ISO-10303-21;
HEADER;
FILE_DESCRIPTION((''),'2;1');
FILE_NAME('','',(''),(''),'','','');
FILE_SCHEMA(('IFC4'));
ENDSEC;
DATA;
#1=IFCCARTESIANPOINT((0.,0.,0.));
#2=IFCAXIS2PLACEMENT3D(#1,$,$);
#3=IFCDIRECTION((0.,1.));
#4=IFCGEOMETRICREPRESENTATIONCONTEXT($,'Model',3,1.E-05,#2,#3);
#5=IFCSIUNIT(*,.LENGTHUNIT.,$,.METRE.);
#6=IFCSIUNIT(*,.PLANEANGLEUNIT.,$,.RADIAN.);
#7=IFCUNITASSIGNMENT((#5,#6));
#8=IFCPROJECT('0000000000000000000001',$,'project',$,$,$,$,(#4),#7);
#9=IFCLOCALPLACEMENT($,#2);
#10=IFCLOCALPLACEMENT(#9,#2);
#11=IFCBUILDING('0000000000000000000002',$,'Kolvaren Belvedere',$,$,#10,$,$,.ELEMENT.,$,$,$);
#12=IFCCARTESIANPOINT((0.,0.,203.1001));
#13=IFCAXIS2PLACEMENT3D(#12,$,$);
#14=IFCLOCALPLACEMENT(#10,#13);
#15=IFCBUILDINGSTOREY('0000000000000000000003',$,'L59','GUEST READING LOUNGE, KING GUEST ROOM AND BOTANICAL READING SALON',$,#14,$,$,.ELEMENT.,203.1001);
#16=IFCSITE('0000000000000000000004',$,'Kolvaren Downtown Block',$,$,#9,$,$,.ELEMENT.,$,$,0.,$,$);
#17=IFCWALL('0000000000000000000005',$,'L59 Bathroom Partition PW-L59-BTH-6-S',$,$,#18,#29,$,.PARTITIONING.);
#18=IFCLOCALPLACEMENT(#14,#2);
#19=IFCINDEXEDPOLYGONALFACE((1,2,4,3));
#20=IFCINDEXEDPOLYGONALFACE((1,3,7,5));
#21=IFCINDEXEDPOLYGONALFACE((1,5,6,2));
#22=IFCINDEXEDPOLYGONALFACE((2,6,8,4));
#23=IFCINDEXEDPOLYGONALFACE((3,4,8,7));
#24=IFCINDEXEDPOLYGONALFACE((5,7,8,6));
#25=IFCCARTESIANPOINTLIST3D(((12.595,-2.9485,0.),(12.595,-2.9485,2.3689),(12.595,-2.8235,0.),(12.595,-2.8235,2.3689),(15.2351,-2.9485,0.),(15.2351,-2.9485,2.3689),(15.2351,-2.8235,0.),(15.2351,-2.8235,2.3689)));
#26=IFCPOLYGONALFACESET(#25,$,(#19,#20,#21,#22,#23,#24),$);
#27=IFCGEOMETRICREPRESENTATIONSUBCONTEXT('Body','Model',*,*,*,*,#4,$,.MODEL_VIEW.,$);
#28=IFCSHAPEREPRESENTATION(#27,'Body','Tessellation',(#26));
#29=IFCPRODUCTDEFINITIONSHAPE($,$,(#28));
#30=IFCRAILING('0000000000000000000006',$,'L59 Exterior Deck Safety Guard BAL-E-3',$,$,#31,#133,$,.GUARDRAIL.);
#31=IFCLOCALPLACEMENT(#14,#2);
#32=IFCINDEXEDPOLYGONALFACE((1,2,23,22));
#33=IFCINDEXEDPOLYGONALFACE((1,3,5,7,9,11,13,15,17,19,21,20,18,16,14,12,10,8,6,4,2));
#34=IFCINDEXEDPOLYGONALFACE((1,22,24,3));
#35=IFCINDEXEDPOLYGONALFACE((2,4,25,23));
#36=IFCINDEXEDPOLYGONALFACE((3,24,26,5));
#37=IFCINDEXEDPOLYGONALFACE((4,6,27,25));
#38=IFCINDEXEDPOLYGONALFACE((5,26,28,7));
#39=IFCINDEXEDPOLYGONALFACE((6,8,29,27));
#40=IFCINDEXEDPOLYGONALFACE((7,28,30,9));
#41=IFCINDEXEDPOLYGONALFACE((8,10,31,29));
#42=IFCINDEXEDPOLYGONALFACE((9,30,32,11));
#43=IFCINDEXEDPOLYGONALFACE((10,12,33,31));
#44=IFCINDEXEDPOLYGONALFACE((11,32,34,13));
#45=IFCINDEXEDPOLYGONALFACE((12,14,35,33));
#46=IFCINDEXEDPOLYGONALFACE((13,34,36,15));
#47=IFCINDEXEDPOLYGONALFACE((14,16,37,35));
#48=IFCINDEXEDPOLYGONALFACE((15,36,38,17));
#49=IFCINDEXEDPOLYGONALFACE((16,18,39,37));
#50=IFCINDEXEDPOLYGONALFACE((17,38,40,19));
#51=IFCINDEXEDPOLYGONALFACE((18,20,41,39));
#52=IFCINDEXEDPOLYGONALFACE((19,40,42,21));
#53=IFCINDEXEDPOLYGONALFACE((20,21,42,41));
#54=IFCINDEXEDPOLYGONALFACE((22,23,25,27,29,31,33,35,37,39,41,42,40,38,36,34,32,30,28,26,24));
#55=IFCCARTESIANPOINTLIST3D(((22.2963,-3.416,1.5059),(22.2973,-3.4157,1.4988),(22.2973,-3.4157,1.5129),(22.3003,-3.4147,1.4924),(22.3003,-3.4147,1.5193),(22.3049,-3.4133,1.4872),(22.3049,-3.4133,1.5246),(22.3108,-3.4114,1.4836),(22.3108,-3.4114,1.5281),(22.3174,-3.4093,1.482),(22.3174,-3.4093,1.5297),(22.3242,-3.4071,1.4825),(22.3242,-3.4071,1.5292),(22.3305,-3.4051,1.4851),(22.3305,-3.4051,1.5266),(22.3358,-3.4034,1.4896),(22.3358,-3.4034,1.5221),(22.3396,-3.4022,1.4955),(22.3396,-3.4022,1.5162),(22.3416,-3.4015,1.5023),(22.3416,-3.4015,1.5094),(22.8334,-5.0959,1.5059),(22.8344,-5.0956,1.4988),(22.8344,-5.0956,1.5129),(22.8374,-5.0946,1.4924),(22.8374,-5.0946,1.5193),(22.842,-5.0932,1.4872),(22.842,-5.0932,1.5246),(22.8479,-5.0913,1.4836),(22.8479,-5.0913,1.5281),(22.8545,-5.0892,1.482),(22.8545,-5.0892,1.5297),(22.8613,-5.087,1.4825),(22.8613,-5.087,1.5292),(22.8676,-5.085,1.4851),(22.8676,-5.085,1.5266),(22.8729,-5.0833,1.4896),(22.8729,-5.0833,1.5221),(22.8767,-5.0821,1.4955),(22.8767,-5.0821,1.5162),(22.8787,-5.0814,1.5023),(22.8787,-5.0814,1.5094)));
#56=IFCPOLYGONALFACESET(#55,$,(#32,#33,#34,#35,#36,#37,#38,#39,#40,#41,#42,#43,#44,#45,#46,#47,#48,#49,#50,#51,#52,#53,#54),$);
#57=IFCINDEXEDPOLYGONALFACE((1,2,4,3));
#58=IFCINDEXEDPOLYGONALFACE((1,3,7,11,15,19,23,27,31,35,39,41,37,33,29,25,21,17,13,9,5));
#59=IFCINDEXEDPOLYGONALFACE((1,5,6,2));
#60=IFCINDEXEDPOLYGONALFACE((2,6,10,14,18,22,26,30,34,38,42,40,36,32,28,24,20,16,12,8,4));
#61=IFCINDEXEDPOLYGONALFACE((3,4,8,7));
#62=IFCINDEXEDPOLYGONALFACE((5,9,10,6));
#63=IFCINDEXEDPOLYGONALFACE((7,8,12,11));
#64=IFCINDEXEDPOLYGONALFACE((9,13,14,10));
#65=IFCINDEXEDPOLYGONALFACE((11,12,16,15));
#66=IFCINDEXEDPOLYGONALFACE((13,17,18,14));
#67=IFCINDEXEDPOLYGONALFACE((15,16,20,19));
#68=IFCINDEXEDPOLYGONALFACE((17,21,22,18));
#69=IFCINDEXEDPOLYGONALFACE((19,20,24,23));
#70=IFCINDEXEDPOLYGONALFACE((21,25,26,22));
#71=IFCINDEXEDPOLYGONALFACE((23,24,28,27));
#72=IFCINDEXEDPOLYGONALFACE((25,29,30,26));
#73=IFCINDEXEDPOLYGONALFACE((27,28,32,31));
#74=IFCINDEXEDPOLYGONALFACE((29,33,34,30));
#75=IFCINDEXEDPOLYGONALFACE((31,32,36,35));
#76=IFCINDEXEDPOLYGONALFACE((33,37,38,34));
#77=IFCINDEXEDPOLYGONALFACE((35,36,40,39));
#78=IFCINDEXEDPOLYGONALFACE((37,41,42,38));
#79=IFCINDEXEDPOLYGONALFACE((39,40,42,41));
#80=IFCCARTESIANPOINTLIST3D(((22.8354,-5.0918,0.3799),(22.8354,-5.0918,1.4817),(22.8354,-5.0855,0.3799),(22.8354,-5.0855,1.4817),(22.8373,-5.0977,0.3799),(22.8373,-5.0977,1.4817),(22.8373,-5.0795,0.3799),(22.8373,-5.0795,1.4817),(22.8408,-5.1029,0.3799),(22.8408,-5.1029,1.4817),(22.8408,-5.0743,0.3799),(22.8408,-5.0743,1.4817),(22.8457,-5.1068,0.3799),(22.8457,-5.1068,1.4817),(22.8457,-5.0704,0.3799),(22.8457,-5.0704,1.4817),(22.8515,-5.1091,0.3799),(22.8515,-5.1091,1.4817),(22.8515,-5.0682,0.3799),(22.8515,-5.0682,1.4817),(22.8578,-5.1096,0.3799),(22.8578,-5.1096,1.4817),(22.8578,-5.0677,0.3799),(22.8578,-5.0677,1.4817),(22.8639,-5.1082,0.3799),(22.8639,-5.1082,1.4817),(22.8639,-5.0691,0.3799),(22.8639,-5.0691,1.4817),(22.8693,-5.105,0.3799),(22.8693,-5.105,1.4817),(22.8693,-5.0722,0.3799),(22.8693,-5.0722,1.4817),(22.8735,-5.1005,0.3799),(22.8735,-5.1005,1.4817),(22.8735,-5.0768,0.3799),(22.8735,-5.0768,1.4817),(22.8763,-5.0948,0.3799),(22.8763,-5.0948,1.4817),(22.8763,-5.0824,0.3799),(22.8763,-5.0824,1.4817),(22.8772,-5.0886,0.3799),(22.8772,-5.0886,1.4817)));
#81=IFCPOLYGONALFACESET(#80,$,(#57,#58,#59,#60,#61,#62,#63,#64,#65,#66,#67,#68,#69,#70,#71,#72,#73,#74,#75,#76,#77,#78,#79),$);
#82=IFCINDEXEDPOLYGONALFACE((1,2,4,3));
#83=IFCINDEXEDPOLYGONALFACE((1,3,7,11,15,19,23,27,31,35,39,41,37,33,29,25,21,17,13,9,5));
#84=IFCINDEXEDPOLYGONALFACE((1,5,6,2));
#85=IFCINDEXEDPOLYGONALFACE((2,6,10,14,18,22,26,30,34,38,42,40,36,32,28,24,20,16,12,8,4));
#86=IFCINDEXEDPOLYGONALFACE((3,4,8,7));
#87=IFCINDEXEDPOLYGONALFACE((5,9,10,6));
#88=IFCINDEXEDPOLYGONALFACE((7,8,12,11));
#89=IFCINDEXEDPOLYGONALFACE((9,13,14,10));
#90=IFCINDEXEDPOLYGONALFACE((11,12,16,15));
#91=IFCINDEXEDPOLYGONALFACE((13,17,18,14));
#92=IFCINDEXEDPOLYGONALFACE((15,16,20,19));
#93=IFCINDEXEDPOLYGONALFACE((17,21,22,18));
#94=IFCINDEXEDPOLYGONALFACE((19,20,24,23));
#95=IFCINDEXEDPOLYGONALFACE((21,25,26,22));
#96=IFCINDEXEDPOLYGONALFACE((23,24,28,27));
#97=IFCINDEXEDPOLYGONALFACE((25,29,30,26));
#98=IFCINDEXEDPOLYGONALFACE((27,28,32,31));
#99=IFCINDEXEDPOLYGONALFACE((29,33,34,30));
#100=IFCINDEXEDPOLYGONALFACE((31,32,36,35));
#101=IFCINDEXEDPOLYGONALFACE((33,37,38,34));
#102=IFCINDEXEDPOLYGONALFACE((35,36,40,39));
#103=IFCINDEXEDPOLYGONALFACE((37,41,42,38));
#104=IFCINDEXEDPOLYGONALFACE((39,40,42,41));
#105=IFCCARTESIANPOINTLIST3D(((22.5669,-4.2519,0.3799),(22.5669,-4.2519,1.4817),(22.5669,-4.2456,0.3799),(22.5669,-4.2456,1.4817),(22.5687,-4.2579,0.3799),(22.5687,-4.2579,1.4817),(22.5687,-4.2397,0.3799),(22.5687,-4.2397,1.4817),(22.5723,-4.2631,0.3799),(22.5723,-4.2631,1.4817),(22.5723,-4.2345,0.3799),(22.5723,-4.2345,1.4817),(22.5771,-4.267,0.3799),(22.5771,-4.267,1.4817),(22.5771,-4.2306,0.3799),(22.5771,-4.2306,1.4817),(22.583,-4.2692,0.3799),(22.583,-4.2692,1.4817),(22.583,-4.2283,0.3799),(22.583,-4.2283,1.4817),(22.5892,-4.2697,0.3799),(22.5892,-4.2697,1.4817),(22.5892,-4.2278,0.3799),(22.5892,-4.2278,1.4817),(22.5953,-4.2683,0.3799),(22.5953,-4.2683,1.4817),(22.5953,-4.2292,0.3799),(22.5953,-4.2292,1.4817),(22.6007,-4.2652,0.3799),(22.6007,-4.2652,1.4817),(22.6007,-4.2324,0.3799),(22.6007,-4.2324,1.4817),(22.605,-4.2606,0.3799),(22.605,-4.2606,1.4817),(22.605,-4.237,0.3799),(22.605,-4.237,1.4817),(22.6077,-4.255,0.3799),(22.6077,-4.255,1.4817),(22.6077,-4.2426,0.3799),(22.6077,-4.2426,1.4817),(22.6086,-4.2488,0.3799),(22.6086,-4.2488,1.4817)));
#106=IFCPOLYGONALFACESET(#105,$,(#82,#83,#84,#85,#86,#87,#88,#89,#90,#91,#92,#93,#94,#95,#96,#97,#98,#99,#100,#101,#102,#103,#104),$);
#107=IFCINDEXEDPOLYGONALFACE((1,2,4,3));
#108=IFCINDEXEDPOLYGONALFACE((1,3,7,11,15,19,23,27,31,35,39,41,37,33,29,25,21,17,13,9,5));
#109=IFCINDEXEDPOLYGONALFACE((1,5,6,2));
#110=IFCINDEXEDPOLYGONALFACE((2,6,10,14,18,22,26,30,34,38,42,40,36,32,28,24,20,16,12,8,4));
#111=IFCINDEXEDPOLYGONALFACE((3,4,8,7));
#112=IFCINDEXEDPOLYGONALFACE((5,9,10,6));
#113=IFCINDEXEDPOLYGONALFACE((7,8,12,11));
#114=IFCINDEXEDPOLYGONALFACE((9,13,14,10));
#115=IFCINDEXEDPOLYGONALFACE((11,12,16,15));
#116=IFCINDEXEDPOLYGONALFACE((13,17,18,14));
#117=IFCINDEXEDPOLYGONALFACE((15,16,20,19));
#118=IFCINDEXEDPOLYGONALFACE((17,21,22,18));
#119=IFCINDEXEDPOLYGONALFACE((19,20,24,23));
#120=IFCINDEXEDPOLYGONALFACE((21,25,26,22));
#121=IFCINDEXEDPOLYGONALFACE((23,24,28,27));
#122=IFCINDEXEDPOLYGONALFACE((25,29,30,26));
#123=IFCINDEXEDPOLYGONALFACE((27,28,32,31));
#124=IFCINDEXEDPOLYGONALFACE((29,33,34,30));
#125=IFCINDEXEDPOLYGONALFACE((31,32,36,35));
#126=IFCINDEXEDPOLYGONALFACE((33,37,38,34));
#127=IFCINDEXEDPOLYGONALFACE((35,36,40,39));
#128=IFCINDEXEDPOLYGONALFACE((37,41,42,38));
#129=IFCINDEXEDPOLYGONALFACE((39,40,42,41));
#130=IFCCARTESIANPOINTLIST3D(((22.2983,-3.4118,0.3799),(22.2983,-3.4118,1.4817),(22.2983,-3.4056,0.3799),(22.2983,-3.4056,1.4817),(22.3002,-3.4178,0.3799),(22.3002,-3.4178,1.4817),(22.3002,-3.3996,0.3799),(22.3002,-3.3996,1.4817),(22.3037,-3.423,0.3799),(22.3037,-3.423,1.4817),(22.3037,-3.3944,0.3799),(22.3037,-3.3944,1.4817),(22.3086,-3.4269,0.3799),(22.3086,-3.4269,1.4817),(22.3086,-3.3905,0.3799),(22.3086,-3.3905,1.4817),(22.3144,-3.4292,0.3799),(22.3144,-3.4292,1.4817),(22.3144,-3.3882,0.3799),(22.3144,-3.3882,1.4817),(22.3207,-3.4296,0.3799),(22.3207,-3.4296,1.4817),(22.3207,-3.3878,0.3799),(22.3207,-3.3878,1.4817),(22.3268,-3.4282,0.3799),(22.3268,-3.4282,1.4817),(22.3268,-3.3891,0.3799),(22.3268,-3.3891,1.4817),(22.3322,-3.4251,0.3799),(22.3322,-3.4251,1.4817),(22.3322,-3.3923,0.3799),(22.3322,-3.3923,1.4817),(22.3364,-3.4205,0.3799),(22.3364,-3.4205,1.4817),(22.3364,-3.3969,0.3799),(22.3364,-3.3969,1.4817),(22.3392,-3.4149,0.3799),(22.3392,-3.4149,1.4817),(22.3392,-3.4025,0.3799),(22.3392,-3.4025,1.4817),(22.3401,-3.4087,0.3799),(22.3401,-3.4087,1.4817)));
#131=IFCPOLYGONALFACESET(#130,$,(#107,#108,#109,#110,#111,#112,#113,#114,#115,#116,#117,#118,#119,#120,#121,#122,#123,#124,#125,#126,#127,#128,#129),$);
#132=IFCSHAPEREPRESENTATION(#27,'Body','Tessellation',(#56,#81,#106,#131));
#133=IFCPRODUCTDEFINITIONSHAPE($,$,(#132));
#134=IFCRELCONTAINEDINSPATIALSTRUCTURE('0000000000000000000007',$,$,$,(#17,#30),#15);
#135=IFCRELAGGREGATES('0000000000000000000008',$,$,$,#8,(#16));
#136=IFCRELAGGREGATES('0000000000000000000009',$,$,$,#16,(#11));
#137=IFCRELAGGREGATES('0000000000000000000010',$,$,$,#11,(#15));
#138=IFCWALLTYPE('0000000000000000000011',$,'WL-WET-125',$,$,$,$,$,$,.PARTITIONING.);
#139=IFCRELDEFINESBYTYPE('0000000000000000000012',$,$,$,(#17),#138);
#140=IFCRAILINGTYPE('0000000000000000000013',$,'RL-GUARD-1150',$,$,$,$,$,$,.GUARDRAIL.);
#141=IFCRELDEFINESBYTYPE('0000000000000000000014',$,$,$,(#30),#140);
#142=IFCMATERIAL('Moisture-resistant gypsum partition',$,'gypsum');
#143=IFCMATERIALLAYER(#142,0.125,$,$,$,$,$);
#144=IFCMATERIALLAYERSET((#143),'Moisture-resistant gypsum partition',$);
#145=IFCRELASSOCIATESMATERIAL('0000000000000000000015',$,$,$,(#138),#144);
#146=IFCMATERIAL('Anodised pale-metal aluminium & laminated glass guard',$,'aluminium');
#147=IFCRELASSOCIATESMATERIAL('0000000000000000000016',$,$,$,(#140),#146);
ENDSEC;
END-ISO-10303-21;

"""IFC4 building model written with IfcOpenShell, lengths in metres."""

from ifc_helpers import new_model, si_unit, direction, frame, frame_2d, origin, origin_2d, place, context, subcontext, project, spatial, rectangle, circle, extrude, material, layer, layer_set, type_object, element, save


model = new_model("IFC4")

# Units and contexts
model_context = context("Model", 3, precision=1e-05, world=origin(), true_north=direction((0.0, 1.0)))
body_context = subcontext(model_context, "Body", "Model", "MODEL_VIEW")
ifc_project = project(units=[si_unit("LENGTHUNIT", "METRE"), si_unit("PLANEANGLEUNIT", "RADIAN")], contexts=[model_context])

# Site, building, storey
site_placement = place(None, origin())
site = spatial("IfcSite", under=ifc_project, at=site_placement, Name="Kolvaren Downtown Block", CompositionType="ELEMENT", RefElevation=0.0)
building_placement = place(site_placement, origin())
building = spatial("IfcBuilding", under=site, at=building_placement, Name="Kolvaren Belvedere", CompositionType="ELEMENT")
storey_placement = place(building_placement, frame((0.0, 0.0, 203.1001)))
storey = spatial("IfcBuildingStorey", under=building, at=storey_placement, Name="L59", Description="GUEST READING LOUNGE, KING GUEST ROOM AND BOTANICAL READING SALON", CompositionType="ELEMENT", Elevation=203.1001)

# Shared definitions
ifc_material_1 = material(Name="Moisture-resistant gypsum partition", Category="gypsum")
ifc_layer_1 = layer(ifc_material_1, 0.125)
ifc_layer_set_1 = layer_set([ifc_layer_1], Name="Moisture-resistant gypsum partition")
wall_type_1 = type_object("IfcWallType", Name="WL-WET-125", PredefinedType="PARTITIONING", material=ifc_layer_set_1)

# Wall
wall_1_placement = place(storey_placement, frame((12.595, -2.886, 0.0), z_axis=(0.0, 0.0, 1.0), x_axis=(1.0, 0.0, 0.0)))
element("IfcWall", 1, at=wall_1_placement, inside=storey, type_object=wall_type_1, Name="L59 Bathroom Partition PW-L59-BTH-6-S", PredefinedType="PARTITIONING", context=body_context, shape_type="SweptSolid", body=[
    extrude(rectangle(XDim=2.6401, YDim=0.125, at=frame_2d((1.3201, 0.0))), origin(), (0.0, 0.0, 1.0), 2.3689),
])

# Railing
ifc_material_2 = material(Name="Anodised pale-metal aluminium & laminated glass guard", Category="aluminium")
railing_type = type_object("IfcRailingType", Name="RL-GUARD-1150", PredefinedType="GUARDRAIL", material=ifc_material_2)
railing_1_placement = place(storey_placement, frame((22.8562, -5.0886, 0.3799)))
element("IfcRailing", 2, at=railing_1_placement, inside=storey, type_object=railing_type, Name="L59 Exterior Deck Safety Guard BAL-E-3", PredefinedType="GUARDRAIL", context=body_context, shape_type="SweptSolid", body=[
    extrude(circle(Radius=0.0239, at=origin_2d()), frame((0.0, 0.0, 1.126), z_axis=(-0.304535, 0.952501, 0.0), x_axis=(-0.952501, -0.304535, 0.0)), (0.0, 0.0, 1.0), 1.7637),
    extrude(circle(Radius=0.021, at=origin_2d()), origin(), (0.0, 0.0, 1.0), 1.1018),
    extrude(circle(Radius=0.021, at=origin_2d()), frame((-0.2686, 0.8398, 0.0)), (0.0, 0.0, 1.0), 1.1018),
    extrude(circle(Radius=0.021, at=origin_2d()), frame((-0.5371, 1.6799, 0.0)), (0.0, 0.0, 1.0), 1.1018),
])

save(model, "model.ifc")
